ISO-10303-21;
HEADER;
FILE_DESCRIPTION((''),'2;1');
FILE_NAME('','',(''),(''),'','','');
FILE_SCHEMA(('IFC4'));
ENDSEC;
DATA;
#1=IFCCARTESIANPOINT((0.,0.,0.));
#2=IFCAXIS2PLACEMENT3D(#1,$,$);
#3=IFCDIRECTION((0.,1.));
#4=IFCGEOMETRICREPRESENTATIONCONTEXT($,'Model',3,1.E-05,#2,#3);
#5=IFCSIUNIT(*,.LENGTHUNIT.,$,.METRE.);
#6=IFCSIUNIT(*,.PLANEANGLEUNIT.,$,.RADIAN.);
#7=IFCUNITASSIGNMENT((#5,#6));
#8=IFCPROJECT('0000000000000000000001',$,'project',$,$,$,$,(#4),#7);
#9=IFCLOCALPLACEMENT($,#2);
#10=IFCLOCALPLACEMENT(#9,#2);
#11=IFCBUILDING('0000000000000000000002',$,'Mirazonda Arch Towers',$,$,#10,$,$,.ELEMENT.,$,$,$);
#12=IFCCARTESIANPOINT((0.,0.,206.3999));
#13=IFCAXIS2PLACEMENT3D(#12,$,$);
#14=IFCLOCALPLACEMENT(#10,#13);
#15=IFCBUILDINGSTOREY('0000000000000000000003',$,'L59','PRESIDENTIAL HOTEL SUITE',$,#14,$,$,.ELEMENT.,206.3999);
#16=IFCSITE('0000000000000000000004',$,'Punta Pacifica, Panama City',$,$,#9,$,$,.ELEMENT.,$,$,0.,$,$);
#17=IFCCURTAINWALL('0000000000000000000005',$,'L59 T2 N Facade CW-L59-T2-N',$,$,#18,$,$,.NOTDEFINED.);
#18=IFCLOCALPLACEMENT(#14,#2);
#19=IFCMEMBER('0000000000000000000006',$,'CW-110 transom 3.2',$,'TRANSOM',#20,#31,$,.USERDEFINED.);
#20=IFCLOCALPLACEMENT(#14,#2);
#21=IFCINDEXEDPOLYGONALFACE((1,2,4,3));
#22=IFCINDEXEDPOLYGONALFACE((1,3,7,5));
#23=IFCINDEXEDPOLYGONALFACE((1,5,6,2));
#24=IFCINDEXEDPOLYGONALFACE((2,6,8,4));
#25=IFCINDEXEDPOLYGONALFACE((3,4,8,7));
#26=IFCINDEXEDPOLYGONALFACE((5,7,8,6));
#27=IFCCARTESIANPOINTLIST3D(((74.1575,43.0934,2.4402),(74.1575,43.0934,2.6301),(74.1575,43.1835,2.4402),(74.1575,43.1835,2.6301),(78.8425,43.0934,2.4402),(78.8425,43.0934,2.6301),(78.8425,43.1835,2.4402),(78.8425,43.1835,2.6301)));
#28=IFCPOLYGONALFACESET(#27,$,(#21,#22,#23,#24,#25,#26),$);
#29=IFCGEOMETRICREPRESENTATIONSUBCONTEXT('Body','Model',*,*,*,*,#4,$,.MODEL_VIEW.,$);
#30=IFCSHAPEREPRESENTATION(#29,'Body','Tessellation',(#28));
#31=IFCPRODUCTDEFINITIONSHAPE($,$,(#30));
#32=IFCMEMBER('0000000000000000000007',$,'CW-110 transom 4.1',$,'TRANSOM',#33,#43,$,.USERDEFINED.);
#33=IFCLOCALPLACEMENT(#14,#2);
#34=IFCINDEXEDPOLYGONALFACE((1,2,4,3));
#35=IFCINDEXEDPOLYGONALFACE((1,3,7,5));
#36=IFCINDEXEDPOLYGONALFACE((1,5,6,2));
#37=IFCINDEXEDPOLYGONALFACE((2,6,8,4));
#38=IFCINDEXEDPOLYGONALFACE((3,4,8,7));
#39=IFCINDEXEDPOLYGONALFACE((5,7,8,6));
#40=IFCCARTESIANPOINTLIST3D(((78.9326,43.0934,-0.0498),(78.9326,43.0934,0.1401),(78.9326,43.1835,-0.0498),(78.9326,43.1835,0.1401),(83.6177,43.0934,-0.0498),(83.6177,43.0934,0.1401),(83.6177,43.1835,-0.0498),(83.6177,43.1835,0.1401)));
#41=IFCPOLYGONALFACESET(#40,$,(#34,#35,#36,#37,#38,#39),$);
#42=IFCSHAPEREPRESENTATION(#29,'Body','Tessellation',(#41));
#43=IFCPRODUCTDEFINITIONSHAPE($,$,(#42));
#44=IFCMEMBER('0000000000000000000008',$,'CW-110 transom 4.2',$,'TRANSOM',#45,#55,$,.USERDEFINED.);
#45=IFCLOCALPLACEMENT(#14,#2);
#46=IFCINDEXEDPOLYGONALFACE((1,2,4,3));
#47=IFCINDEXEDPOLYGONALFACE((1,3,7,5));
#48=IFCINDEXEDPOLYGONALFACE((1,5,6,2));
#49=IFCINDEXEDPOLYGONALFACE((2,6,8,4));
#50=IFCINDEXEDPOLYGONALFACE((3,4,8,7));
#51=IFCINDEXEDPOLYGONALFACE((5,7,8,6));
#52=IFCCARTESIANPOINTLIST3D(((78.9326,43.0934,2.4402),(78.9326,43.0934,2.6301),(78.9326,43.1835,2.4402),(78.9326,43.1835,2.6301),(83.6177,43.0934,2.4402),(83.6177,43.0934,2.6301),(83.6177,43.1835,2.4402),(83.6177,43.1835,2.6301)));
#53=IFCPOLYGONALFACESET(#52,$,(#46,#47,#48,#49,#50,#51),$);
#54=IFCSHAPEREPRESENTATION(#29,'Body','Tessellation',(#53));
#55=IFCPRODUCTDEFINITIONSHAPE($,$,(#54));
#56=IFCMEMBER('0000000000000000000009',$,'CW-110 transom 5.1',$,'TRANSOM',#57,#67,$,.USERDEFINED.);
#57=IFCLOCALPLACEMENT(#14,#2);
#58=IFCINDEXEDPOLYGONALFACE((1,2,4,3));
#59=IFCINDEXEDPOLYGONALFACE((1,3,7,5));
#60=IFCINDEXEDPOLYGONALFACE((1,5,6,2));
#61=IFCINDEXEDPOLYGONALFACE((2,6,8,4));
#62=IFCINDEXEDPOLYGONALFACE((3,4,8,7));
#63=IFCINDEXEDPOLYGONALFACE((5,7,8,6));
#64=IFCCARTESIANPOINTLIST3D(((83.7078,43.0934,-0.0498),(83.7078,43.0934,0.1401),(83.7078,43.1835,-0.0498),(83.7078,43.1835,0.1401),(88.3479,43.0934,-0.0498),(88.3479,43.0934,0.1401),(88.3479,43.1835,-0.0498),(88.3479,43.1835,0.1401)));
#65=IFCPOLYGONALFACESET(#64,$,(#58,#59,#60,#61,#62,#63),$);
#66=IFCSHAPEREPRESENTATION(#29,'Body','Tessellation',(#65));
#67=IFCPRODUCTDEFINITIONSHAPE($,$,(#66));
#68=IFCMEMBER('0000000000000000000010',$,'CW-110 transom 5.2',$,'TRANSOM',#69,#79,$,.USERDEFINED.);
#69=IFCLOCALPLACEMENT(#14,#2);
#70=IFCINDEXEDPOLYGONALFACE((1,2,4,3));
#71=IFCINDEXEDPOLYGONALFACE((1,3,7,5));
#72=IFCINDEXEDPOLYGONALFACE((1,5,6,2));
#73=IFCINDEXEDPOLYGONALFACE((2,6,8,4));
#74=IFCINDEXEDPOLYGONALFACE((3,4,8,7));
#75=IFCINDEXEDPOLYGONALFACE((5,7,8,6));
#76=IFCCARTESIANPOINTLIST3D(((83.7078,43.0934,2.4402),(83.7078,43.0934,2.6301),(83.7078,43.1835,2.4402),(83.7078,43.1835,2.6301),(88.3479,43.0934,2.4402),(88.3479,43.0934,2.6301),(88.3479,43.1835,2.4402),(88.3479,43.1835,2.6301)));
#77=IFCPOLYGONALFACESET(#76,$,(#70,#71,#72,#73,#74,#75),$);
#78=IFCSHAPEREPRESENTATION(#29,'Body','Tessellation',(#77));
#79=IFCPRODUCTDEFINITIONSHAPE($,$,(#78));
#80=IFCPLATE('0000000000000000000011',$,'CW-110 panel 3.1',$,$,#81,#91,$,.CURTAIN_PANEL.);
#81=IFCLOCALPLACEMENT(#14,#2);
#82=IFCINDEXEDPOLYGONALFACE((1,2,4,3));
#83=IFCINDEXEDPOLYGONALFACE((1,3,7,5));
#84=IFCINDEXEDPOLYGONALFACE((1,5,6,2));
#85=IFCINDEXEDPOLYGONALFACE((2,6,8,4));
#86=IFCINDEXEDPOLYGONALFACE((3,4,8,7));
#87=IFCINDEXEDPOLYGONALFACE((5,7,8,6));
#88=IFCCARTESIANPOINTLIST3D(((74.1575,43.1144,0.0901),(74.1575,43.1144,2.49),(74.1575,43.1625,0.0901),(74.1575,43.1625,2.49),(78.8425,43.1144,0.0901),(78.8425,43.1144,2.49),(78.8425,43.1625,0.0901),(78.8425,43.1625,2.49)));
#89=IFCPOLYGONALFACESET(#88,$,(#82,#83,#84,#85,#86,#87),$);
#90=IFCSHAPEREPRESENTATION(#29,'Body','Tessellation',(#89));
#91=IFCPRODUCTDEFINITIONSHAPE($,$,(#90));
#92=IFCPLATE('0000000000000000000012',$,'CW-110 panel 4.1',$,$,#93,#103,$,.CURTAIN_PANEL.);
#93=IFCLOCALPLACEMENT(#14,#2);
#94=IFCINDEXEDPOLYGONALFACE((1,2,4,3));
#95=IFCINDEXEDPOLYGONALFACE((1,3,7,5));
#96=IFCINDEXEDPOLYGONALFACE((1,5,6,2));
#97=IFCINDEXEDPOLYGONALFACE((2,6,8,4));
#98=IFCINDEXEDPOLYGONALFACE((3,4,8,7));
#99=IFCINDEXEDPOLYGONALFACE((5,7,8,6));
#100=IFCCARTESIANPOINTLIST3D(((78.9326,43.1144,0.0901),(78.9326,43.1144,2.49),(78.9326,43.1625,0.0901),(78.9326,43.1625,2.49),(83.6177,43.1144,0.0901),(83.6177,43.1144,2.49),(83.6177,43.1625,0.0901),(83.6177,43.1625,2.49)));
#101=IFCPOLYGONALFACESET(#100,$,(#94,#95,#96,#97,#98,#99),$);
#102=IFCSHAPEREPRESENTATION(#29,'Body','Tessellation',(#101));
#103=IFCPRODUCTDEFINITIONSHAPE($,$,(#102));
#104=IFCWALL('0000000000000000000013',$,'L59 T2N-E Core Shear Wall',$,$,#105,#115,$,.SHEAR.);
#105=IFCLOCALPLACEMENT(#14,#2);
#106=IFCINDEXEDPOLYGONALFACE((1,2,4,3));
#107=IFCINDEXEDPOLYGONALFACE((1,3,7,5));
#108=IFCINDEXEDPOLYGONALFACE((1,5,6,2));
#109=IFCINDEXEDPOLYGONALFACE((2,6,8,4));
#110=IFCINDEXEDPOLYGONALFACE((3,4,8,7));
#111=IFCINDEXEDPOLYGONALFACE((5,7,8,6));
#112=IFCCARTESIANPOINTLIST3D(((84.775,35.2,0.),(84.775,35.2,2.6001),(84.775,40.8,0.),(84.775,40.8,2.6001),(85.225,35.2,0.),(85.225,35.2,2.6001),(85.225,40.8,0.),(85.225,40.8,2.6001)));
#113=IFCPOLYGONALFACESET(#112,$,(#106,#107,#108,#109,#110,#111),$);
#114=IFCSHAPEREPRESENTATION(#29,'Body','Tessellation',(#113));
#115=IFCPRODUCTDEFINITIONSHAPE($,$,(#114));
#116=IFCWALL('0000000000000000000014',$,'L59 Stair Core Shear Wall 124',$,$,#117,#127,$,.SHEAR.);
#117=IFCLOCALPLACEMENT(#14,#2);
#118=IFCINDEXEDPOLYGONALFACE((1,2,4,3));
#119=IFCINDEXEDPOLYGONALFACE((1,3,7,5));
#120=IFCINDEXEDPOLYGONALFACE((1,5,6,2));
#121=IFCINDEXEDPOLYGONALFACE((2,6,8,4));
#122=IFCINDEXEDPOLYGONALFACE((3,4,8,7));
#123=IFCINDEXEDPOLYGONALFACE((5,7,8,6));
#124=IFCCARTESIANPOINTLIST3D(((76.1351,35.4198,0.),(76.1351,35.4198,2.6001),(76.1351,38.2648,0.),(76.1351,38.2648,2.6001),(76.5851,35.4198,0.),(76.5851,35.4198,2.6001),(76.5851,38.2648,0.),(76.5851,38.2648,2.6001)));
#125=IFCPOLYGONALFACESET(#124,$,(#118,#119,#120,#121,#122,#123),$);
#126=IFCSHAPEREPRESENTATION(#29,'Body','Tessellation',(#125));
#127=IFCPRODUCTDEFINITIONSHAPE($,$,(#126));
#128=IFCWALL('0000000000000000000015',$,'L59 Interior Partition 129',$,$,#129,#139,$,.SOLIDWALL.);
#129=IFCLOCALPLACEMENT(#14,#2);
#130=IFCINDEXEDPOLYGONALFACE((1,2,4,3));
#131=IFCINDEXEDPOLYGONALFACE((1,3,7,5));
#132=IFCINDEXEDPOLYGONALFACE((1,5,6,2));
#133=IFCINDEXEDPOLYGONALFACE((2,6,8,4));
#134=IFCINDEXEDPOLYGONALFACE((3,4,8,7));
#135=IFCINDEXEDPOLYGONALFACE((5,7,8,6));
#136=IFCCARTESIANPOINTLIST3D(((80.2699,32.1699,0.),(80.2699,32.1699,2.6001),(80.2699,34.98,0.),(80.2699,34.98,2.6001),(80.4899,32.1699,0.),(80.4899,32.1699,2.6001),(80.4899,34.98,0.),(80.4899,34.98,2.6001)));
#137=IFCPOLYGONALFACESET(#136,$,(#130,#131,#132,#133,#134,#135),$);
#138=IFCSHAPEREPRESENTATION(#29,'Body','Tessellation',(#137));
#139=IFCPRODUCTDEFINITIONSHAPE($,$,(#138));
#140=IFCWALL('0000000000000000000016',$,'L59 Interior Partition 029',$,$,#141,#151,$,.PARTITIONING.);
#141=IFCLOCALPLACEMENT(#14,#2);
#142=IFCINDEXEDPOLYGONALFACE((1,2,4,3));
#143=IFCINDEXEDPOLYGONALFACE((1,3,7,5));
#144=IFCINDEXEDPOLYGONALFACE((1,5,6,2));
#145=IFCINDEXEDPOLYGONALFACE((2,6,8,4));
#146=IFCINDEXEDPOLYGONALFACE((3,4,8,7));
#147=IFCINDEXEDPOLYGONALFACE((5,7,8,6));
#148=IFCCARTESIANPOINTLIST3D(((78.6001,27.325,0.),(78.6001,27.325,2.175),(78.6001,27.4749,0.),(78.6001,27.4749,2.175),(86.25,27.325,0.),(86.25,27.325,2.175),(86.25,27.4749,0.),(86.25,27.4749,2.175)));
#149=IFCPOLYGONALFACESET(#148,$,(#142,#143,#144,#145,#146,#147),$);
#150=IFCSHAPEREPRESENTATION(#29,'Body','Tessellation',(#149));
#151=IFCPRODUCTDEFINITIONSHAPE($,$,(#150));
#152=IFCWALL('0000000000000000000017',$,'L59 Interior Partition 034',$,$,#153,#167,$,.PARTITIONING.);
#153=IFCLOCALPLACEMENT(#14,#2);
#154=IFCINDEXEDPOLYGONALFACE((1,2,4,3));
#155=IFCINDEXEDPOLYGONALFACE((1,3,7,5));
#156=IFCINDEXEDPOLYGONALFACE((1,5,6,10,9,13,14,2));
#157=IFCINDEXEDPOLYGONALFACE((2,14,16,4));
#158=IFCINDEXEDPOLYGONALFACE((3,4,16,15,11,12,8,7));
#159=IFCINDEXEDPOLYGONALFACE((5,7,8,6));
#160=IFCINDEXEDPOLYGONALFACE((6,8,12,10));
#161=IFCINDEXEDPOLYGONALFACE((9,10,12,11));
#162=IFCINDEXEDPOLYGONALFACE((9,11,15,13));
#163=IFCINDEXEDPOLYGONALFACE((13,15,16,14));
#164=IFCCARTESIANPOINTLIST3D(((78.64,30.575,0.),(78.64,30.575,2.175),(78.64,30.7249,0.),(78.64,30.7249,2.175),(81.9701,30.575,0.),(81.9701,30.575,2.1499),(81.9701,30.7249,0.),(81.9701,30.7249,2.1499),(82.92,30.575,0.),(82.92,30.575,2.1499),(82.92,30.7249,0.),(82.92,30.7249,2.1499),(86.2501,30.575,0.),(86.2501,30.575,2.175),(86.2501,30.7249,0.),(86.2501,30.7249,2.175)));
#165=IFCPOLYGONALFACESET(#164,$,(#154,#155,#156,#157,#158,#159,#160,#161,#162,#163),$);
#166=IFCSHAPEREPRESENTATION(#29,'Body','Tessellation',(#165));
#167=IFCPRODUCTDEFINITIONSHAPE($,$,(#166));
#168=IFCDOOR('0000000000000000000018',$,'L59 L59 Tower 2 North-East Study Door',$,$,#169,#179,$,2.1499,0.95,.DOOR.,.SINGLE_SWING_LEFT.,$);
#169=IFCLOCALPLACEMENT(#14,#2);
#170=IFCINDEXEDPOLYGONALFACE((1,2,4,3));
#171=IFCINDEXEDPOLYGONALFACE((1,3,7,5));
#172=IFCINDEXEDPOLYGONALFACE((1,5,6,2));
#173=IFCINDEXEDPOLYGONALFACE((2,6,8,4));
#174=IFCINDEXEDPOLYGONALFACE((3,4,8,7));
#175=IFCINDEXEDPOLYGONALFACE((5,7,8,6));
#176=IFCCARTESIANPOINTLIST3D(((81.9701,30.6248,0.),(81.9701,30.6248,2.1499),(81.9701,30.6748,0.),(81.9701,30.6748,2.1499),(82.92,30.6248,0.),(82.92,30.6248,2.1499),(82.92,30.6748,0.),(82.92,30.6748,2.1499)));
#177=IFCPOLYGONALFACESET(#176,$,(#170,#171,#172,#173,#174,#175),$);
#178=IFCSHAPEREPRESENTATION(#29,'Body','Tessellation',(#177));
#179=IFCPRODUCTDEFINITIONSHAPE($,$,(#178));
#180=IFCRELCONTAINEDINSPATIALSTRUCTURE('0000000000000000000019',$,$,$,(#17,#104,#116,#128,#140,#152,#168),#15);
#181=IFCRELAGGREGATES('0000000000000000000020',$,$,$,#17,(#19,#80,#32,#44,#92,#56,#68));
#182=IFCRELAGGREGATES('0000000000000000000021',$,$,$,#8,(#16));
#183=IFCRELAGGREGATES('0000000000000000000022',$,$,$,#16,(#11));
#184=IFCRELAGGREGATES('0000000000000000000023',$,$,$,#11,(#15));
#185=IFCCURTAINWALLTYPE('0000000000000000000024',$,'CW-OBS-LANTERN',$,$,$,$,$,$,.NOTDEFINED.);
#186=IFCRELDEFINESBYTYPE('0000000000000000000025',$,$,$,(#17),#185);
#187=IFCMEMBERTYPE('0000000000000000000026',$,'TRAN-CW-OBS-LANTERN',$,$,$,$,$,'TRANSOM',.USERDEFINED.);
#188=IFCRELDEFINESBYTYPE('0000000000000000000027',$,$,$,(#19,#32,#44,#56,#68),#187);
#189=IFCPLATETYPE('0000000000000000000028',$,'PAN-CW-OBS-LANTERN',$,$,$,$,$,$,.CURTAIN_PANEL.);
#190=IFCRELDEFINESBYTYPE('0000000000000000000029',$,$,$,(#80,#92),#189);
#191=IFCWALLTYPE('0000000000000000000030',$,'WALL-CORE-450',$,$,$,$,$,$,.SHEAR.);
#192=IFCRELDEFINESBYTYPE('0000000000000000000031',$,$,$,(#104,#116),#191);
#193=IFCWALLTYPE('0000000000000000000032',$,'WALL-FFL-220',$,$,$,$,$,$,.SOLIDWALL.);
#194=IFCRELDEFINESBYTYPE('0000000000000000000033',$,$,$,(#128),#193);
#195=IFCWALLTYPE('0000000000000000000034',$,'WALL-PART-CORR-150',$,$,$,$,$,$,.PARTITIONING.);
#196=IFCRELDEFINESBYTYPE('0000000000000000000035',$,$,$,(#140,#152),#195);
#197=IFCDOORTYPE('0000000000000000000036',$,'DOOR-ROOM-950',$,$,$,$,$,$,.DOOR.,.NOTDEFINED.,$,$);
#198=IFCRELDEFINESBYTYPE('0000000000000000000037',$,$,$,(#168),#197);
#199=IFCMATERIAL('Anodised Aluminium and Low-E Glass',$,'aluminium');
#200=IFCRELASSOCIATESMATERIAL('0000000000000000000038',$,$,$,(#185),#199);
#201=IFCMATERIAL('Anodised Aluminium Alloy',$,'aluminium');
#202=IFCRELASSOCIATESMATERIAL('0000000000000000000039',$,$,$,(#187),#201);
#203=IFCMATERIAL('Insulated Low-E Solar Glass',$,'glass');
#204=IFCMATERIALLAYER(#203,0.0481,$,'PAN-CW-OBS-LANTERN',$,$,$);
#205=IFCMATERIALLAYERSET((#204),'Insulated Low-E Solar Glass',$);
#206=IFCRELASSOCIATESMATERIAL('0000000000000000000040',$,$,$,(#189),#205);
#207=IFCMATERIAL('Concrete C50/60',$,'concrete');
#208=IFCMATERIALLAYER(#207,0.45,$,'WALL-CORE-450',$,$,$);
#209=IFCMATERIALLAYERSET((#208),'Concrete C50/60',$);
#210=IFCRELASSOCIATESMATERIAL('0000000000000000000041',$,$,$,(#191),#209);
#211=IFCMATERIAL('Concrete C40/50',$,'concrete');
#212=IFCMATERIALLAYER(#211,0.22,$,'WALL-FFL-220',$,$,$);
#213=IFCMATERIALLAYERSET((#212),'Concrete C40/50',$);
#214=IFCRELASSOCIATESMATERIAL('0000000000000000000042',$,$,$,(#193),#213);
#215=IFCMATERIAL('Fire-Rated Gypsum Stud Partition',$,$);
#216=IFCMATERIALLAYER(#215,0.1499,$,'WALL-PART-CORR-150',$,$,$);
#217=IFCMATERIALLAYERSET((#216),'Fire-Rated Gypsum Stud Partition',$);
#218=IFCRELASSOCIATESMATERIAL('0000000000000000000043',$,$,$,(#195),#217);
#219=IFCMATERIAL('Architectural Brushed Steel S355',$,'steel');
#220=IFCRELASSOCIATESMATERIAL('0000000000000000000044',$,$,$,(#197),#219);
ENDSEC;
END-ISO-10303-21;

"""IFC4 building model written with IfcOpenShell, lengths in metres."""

from ifc_helpers import new_model, si_unit, direction, frame, frame_2d, origin, origin_2d, place, context, subcontext, project, spatial, rectangle, extrude, material, layer, layer_set, material_profile, profile_set, type_object, element, fill, aggregate, save


model = new_model("IFC4")

# Units and contexts
model_context = context("Model", 3, precision=1e-05, world=origin(), true_north=direction((0.0, 1.0)))
body_context = subcontext(model_context, "Body", "Model", "MODEL_VIEW")
ifc_project = project(units=[si_unit("LENGTHUNIT", "METRE"), si_unit("PLANEANGLEUNIT", "RADIAN")], contexts=[model_context])

# Site, building, storey
site_placement = place(None, origin())
site = spatial("IfcSite", under=ifc_project, at=site_placement, Name="Punta Pacifica, Panama City", CompositionType="ELEMENT", RefElevation=0.0)
building_placement = place(site_placement, origin())
building = spatial("IfcBuilding", under=site, at=building_placement, Name="Mirazonda Arch Towers", CompositionType="ELEMENT")
storey_placement = place(building_placement, frame((0.0, 0.0, 206.3999)))
storey = spatial("IfcBuildingStorey", under=building, at=storey_placement, Name="L59", Description="PRESIDENTIAL HOTEL SUITE", CompositionType="ELEMENT", Elevation=206.3999)

# Shared definitions
ifc_material_1 = material(Name="Concrete C50/60", Category="concrete")

# Curtain wall, members, plates
ifc_material_2 = material(Name="Anodised Aluminium and Low-E Glass", Category="aluminium")
curtain_wall_type = type_object("IfcCurtainWallType", Name="CW-OBS-LANTERN", PredefinedType="NOTDEFINED", material=ifc_material_2)
curtain_wall_placement = place(storey_placement, origin())
curtain_wall = element("IfcCurtainWall", 1, at=curtain_wall_placement, inside=storey, type_object=curtain_wall_type, Name="L59 T2 N Facade CW-L59-T2-N", PredefinedType="NOTDEFINED")
ifc_material_3 = material(Name="Anodised Aluminium Alloy", Category="aluminium")
ifc_material_profile_1 = material_profile(ifc_material_3, rectangle(XDim=0.0901, YDim=0.1899, at=origin_2d()), Name="ALU-TRAN-90x190")
ifc_profile_set_1 = profile_set([ifc_material_profile_1], Name="Anodised Aluminium Alloy")
member_type_1 = type_object("IfcMemberType", Name="TRAN-CW-OBS-LANTERN", ElementType="TRANSOM", PredefinedType="USERDEFINED", material=ifc_profile_set_1)
member_1_placement = place(storey_placement, frame((74.1575, 43.1384, 2.5352), z_axis=(1.0, 0.0, 0.0), x_axis=(0.0, 1.0, 0.0)))
member_1 = element("IfcMember", 2, at=member_1_placement, type_object=member_type_1, Name="CW-110 transom 3.2", ObjectType="TRANSOM", PredefinedType="USERDEFINED", context=body_context, shape_type="SweptSolid", body=[
    extrude(rectangle(XDim=0.0901, YDim=0.1899, at=origin_2d()), origin(), (0.0, 0.0, 1.0), 4.6851),
])
member_2_placement = place(storey_placement, frame((78.9326, 43.1384, 0.0452), z_axis=(1.0, 0.0, 0.0), x_axis=(0.0, 1.0, 0.0)))
member_2 = element("IfcMember", 3, at=member_2_placement, type_object=member_type_1, Name="CW-110 transom 4.1", ObjectType="TRANSOM", PredefinedType="USERDEFINED", context=body_context, shape_type="SweptSolid", body=[
    extrude(rectangle(XDim=0.0901, YDim=0.1899, at=origin_2d()), origin(), (0.0, 0.0, 1.0), 4.6851),
])
member_3_placement = place(storey_placement, frame((78.9326, 43.1384, 2.5352), z_axis=(1.0, 0.0, 0.0), x_axis=(0.0, 1.0, 0.0)))
member_3 = element("IfcMember", 4, at=member_3_placement, type_object=member_type_1, Name="CW-110 transom 4.2", ObjectType="TRANSOM", PredefinedType="USERDEFINED", context=body_context, shape_type="SweptSolid", body=[
    extrude(rectangle(XDim=0.0901, YDim=0.1899, at=origin_2d()), origin(), (0.0, 0.0, 1.0), 4.6851),
])
member_4_placement = place(storey_placement, frame((83.7078, 43.1384, 0.0452), z_axis=(1.0, 0.0, 0.0), x_axis=(0.0, 1.0, 0.0)))
member_4 = element("IfcMember", 5, at=member_4_placement, type_object=member_type_1, Name="CW-110 transom 5.1", ObjectType="TRANSOM", PredefinedType="USERDEFINED", context=body_context, shape_type="SweptSolid", body=[
    extrude(rectangle(XDim=0.0901, YDim=0.1899, at=origin_2d()), origin(), (0.0, 0.0, 1.0), 4.6401),
])
member_5_placement = place(storey_placement, frame((83.7078, 43.1384, 2.5352), z_axis=(1.0, 0.0, 0.0), x_axis=(0.0, 1.0, 0.0)))
member_5 = element("IfcMember", 6, at=member_5_placement, type_object=member_type_1, Name="CW-110 transom 5.2", ObjectType="TRANSOM", PredefinedType="USERDEFINED", context=body_context, shape_type="SweptSolid", body=[
    extrude(rectangle(XDim=0.0901, YDim=0.1899, at=origin_2d()), origin(), (0.0, 0.0, 1.0), 4.6401),
])
ifc_material_4 = material(Name="Insulated Low-E Solar Glass", Category="glass")
ifc_layer_1 = layer(ifc_material_4, 0.0481, Name="PAN-CW-OBS-LANTERN")
ifc_layer_set_1 = layer_set([ifc_layer_1], Name="Insulated Low-E Solar Glass")
plate_type = type_object("IfcPlateType", Name="PAN-CW-OBS-LANTERN", PredefinedType="CURTAIN_PANEL", material=ifc_layer_set_1)
plate_1_placement = place(storey_placement, frame((76.5, 43.1384, 0.0901), z_axis=(0.0, 0.0, 1.0), x_axis=(1.0, 0.0, 0.0)))
plate_1 = element("IfcPlate", 7, at=plate_1_placement, type_object=plate_type, Name="CW-110 panel 3.1", PredefinedType="CURTAIN_PANEL", context=body_context, shape_type="SweptSolid", body=[
    extrude(rectangle(XDim=4.6851, YDim=0.0481, at=origin_2d()), origin(), (0.0, 0.0, 1.0), 2.3999),
])
plate_2_placement = place(storey_placement, frame((81.2751, 43.1384, 0.0901), z_axis=(0.0, 0.0, 1.0), x_axis=(1.0, 0.0, 0.0)))
plate_2 = element("IfcPlate", 8, at=plate_2_placement, type_object=plate_type, Name="CW-110 panel 4.1", PredefinedType="CURTAIN_PANEL", context=body_context, shape_type="SweptSolid", body=[
    extrude(rectangle(XDim=4.6851, YDim=0.0481, at=origin_2d()), origin(), (0.0, 0.0, 1.0), 2.3999),
])
aggregate(curtain_wall, [member_1, plate_1, member_2, member_3, plate_2, member_4, member_5])

# Walls
ifc_layer_2 = layer(ifc_material_1, 0.45, Name="WALL-CORE-450")
ifc_layer_set_2 = layer_set([ifc_layer_2], Name="Concrete C50/60")
wall_type_1 = type_object("IfcWallType", Name="WALL-CORE-450", PredefinedType="SHEAR", material=ifc_layer_set_2)
wall_1_placement = place(storey_placement, frame((85.0, 35.2, 0.0), z_axis=(0.0, 0.0, 1.0), x_axis=(0.0, 1.0, 0.0)))
element("IfcWall", 9, at=wall_1_placement, inside=storey, type_object=wall_type_1, Name="L59 T2N-E Core Shear Wall", PredefinedType="SHEAR", context=body_context, shape_type="SweptSolid", body=[
    extrude(rectangle(XDim=5.6001, YDim=0.45, at=frame_2d((2.8, 0.0))), origin(), (0.0, 0.0, 1.0), 2.6001),
])
wall_2_placement = place(storey_placement, frame((76.3601, 35.4199, 0.0), z_axis=(0.0, 0.0, 1.0), x_axis=(0.0, 1.0, 0.0)))
element("IfcWall", 10, at=wall_2_placement, inside=storey, type_object=wall_type_1, Name="L59 Stair Core Shear Wall 124", PredefinedType="SHEAR", context=body_context, shape_type="SweptSolid", body=[
    extrude(rectangle(XDim=2.845, YDim=0.45, at=frame_2d((1.4224, 0.0))), origin(), (0.0, 0.0, 1.0), 2.6001),
])
ifc_material_5 = material(Name="Concrete C40/50", Category="concrete")
ifc_layer_3 = layer(ifc_material_5, 0.22, Name="WALL-FFL-220")
ifc_layer_set_3 = layer_set([ifc_layer_3], Name="Concrete C40/50")
wall_type_2 = type_object("IfcWallType", Name="WALL-FFL-220", PredefinedType="SOLIDWALL", material=ifc_layer_set_3)
wall_3_placement = place(storey_placement, frame((80.3799, 32.1699, 0.0), z_axis=(0.0, 0.0, 1.0), x_axis=(0.0, 1.0, 0.0)))
element("IfcWall", 11, at=wall_3_placement, inside=storey, type_object=wall_type_2, Name="L59 Interior Partition 129", PredefinedType="SOLIDWALL", context=body_context, shape_type="SweptSolid", body=[
    extrude(rectangle(XDim=2.8101, YDim=0.22, at=frame_2d((1.405, 0.0))), origin(), (0.0, 0.0, 1.0), 2.6001),
])
ifc_material_6 = material(Name="Fire-Rated Gypsum Stud Partition")
ifc_layer_4 = layer(ifc_material_6, 0.1499, Name="WALL-PART-CORR-150")
ifc_layer_set_4 = layer_set([ifc_layer_4], Name="Fire-Rated Gypsum Stud Partition")
wall_type_3 = type_object("IfcWallType", Name="WALL-PART-CORR-150", PredefinedType="PARTITIONING", material=ifc_layer_set_4)
wall_4_placement = place(storey_placement, frame((78.6001, 27.3999, 0.0), z_axis=(0.0, 0.0, 1.0), x_axis=(1.0, 0.0, 0.0)))
element("IfcWall", 12, at=wall_4_placement, inside=storey, type_object=wall_type_3, Name="L59 Interior Partition 029", PredefinedType="PARTITIONING", context=body_context, shape_type="SweptSolid", body=[
    extrude(rectangle(XDim=7.6499, YDim=0.1499, at=frame_2d((3.825, 0.0))), origin(), (0.0, 0.0, 1.0), 2.175),
])

# Wall, opening, door
wall_5_placement = place(storey_placement, frame((78.6399, 30.6499, 0.0), z_axis=(0.0, 0.0, 1.0), x_axis=(1.0, 0.0, 0.0)))
wall_5 = element("IfcWall", 13, at=wall_5_placement, inside=storey, type_object=wall_type_3, Name="L59 Interior Partition 034", PredefinedType="PARTITIONING", context=body_context, shape_type="SweptSolid", body=[
    extrude(rectangle(XDim=7.6101, YDim=0.1499, at=frame_2d((3.8052, 0.0))), origin(), (0.0, 0.0, 1.0), 2.175),
])
opening_placement = place(wall_5_placement, frame((3.3301, 0.0, 0.0)))
opening = element("IfcOpeningElement", 14, at=opening_placement, cuts=wall_5, PredefinedType="OPENING", context=body_context, shape_type="SweptSolid", body=[
    extrude(rectangle(XDim=0.95, YDim=2.1499, at=frame_2d((0.4751, 1.075))), frame((0.0, 0.085, 0.0), z_axis=(0.0, -1.0, 0.0), x_axis=(1.0, 0.0, 0.0)), (0.0, 0.0, 1.0), 0.1699),
])
ifc_material_7 = material(Name="Architectural Brushed Steel S355", Category="steel")
door_type = type_object("IfcDoorType", Name="DOOR-ROOM-950", OperationType="NOTDEFINED", PredefinedType="DOOR", material=ifc_material_7)
door_placement = place(opening_placement, origin())
door = element("IfcDoor", 15, at=door_placement, inside=storey, type_object=door_type, Name="L59 L59 Tower 2 North-East Study Door", OperationType="SINGLE_SWING_LEFT", OverallHeight=2.1499, OverallWidth=0.95, PredefinedType="DOOR", context=body_context, shape_type="SweptSolid", body=[
    extrude(rectangle(XDim=0.95, YDim=2.1499, at=frame_2d((0.4751, 1.075))), frame((0.0, 0.0249, 0.0), z_axis=(0.0, -1.0, 0.0), x_axis=(1.0, 0.0, 0.0)), (0.0, 0.0, 1.0), 0.05),
])
fill(opening, door)

save(model, "model.ifc")
